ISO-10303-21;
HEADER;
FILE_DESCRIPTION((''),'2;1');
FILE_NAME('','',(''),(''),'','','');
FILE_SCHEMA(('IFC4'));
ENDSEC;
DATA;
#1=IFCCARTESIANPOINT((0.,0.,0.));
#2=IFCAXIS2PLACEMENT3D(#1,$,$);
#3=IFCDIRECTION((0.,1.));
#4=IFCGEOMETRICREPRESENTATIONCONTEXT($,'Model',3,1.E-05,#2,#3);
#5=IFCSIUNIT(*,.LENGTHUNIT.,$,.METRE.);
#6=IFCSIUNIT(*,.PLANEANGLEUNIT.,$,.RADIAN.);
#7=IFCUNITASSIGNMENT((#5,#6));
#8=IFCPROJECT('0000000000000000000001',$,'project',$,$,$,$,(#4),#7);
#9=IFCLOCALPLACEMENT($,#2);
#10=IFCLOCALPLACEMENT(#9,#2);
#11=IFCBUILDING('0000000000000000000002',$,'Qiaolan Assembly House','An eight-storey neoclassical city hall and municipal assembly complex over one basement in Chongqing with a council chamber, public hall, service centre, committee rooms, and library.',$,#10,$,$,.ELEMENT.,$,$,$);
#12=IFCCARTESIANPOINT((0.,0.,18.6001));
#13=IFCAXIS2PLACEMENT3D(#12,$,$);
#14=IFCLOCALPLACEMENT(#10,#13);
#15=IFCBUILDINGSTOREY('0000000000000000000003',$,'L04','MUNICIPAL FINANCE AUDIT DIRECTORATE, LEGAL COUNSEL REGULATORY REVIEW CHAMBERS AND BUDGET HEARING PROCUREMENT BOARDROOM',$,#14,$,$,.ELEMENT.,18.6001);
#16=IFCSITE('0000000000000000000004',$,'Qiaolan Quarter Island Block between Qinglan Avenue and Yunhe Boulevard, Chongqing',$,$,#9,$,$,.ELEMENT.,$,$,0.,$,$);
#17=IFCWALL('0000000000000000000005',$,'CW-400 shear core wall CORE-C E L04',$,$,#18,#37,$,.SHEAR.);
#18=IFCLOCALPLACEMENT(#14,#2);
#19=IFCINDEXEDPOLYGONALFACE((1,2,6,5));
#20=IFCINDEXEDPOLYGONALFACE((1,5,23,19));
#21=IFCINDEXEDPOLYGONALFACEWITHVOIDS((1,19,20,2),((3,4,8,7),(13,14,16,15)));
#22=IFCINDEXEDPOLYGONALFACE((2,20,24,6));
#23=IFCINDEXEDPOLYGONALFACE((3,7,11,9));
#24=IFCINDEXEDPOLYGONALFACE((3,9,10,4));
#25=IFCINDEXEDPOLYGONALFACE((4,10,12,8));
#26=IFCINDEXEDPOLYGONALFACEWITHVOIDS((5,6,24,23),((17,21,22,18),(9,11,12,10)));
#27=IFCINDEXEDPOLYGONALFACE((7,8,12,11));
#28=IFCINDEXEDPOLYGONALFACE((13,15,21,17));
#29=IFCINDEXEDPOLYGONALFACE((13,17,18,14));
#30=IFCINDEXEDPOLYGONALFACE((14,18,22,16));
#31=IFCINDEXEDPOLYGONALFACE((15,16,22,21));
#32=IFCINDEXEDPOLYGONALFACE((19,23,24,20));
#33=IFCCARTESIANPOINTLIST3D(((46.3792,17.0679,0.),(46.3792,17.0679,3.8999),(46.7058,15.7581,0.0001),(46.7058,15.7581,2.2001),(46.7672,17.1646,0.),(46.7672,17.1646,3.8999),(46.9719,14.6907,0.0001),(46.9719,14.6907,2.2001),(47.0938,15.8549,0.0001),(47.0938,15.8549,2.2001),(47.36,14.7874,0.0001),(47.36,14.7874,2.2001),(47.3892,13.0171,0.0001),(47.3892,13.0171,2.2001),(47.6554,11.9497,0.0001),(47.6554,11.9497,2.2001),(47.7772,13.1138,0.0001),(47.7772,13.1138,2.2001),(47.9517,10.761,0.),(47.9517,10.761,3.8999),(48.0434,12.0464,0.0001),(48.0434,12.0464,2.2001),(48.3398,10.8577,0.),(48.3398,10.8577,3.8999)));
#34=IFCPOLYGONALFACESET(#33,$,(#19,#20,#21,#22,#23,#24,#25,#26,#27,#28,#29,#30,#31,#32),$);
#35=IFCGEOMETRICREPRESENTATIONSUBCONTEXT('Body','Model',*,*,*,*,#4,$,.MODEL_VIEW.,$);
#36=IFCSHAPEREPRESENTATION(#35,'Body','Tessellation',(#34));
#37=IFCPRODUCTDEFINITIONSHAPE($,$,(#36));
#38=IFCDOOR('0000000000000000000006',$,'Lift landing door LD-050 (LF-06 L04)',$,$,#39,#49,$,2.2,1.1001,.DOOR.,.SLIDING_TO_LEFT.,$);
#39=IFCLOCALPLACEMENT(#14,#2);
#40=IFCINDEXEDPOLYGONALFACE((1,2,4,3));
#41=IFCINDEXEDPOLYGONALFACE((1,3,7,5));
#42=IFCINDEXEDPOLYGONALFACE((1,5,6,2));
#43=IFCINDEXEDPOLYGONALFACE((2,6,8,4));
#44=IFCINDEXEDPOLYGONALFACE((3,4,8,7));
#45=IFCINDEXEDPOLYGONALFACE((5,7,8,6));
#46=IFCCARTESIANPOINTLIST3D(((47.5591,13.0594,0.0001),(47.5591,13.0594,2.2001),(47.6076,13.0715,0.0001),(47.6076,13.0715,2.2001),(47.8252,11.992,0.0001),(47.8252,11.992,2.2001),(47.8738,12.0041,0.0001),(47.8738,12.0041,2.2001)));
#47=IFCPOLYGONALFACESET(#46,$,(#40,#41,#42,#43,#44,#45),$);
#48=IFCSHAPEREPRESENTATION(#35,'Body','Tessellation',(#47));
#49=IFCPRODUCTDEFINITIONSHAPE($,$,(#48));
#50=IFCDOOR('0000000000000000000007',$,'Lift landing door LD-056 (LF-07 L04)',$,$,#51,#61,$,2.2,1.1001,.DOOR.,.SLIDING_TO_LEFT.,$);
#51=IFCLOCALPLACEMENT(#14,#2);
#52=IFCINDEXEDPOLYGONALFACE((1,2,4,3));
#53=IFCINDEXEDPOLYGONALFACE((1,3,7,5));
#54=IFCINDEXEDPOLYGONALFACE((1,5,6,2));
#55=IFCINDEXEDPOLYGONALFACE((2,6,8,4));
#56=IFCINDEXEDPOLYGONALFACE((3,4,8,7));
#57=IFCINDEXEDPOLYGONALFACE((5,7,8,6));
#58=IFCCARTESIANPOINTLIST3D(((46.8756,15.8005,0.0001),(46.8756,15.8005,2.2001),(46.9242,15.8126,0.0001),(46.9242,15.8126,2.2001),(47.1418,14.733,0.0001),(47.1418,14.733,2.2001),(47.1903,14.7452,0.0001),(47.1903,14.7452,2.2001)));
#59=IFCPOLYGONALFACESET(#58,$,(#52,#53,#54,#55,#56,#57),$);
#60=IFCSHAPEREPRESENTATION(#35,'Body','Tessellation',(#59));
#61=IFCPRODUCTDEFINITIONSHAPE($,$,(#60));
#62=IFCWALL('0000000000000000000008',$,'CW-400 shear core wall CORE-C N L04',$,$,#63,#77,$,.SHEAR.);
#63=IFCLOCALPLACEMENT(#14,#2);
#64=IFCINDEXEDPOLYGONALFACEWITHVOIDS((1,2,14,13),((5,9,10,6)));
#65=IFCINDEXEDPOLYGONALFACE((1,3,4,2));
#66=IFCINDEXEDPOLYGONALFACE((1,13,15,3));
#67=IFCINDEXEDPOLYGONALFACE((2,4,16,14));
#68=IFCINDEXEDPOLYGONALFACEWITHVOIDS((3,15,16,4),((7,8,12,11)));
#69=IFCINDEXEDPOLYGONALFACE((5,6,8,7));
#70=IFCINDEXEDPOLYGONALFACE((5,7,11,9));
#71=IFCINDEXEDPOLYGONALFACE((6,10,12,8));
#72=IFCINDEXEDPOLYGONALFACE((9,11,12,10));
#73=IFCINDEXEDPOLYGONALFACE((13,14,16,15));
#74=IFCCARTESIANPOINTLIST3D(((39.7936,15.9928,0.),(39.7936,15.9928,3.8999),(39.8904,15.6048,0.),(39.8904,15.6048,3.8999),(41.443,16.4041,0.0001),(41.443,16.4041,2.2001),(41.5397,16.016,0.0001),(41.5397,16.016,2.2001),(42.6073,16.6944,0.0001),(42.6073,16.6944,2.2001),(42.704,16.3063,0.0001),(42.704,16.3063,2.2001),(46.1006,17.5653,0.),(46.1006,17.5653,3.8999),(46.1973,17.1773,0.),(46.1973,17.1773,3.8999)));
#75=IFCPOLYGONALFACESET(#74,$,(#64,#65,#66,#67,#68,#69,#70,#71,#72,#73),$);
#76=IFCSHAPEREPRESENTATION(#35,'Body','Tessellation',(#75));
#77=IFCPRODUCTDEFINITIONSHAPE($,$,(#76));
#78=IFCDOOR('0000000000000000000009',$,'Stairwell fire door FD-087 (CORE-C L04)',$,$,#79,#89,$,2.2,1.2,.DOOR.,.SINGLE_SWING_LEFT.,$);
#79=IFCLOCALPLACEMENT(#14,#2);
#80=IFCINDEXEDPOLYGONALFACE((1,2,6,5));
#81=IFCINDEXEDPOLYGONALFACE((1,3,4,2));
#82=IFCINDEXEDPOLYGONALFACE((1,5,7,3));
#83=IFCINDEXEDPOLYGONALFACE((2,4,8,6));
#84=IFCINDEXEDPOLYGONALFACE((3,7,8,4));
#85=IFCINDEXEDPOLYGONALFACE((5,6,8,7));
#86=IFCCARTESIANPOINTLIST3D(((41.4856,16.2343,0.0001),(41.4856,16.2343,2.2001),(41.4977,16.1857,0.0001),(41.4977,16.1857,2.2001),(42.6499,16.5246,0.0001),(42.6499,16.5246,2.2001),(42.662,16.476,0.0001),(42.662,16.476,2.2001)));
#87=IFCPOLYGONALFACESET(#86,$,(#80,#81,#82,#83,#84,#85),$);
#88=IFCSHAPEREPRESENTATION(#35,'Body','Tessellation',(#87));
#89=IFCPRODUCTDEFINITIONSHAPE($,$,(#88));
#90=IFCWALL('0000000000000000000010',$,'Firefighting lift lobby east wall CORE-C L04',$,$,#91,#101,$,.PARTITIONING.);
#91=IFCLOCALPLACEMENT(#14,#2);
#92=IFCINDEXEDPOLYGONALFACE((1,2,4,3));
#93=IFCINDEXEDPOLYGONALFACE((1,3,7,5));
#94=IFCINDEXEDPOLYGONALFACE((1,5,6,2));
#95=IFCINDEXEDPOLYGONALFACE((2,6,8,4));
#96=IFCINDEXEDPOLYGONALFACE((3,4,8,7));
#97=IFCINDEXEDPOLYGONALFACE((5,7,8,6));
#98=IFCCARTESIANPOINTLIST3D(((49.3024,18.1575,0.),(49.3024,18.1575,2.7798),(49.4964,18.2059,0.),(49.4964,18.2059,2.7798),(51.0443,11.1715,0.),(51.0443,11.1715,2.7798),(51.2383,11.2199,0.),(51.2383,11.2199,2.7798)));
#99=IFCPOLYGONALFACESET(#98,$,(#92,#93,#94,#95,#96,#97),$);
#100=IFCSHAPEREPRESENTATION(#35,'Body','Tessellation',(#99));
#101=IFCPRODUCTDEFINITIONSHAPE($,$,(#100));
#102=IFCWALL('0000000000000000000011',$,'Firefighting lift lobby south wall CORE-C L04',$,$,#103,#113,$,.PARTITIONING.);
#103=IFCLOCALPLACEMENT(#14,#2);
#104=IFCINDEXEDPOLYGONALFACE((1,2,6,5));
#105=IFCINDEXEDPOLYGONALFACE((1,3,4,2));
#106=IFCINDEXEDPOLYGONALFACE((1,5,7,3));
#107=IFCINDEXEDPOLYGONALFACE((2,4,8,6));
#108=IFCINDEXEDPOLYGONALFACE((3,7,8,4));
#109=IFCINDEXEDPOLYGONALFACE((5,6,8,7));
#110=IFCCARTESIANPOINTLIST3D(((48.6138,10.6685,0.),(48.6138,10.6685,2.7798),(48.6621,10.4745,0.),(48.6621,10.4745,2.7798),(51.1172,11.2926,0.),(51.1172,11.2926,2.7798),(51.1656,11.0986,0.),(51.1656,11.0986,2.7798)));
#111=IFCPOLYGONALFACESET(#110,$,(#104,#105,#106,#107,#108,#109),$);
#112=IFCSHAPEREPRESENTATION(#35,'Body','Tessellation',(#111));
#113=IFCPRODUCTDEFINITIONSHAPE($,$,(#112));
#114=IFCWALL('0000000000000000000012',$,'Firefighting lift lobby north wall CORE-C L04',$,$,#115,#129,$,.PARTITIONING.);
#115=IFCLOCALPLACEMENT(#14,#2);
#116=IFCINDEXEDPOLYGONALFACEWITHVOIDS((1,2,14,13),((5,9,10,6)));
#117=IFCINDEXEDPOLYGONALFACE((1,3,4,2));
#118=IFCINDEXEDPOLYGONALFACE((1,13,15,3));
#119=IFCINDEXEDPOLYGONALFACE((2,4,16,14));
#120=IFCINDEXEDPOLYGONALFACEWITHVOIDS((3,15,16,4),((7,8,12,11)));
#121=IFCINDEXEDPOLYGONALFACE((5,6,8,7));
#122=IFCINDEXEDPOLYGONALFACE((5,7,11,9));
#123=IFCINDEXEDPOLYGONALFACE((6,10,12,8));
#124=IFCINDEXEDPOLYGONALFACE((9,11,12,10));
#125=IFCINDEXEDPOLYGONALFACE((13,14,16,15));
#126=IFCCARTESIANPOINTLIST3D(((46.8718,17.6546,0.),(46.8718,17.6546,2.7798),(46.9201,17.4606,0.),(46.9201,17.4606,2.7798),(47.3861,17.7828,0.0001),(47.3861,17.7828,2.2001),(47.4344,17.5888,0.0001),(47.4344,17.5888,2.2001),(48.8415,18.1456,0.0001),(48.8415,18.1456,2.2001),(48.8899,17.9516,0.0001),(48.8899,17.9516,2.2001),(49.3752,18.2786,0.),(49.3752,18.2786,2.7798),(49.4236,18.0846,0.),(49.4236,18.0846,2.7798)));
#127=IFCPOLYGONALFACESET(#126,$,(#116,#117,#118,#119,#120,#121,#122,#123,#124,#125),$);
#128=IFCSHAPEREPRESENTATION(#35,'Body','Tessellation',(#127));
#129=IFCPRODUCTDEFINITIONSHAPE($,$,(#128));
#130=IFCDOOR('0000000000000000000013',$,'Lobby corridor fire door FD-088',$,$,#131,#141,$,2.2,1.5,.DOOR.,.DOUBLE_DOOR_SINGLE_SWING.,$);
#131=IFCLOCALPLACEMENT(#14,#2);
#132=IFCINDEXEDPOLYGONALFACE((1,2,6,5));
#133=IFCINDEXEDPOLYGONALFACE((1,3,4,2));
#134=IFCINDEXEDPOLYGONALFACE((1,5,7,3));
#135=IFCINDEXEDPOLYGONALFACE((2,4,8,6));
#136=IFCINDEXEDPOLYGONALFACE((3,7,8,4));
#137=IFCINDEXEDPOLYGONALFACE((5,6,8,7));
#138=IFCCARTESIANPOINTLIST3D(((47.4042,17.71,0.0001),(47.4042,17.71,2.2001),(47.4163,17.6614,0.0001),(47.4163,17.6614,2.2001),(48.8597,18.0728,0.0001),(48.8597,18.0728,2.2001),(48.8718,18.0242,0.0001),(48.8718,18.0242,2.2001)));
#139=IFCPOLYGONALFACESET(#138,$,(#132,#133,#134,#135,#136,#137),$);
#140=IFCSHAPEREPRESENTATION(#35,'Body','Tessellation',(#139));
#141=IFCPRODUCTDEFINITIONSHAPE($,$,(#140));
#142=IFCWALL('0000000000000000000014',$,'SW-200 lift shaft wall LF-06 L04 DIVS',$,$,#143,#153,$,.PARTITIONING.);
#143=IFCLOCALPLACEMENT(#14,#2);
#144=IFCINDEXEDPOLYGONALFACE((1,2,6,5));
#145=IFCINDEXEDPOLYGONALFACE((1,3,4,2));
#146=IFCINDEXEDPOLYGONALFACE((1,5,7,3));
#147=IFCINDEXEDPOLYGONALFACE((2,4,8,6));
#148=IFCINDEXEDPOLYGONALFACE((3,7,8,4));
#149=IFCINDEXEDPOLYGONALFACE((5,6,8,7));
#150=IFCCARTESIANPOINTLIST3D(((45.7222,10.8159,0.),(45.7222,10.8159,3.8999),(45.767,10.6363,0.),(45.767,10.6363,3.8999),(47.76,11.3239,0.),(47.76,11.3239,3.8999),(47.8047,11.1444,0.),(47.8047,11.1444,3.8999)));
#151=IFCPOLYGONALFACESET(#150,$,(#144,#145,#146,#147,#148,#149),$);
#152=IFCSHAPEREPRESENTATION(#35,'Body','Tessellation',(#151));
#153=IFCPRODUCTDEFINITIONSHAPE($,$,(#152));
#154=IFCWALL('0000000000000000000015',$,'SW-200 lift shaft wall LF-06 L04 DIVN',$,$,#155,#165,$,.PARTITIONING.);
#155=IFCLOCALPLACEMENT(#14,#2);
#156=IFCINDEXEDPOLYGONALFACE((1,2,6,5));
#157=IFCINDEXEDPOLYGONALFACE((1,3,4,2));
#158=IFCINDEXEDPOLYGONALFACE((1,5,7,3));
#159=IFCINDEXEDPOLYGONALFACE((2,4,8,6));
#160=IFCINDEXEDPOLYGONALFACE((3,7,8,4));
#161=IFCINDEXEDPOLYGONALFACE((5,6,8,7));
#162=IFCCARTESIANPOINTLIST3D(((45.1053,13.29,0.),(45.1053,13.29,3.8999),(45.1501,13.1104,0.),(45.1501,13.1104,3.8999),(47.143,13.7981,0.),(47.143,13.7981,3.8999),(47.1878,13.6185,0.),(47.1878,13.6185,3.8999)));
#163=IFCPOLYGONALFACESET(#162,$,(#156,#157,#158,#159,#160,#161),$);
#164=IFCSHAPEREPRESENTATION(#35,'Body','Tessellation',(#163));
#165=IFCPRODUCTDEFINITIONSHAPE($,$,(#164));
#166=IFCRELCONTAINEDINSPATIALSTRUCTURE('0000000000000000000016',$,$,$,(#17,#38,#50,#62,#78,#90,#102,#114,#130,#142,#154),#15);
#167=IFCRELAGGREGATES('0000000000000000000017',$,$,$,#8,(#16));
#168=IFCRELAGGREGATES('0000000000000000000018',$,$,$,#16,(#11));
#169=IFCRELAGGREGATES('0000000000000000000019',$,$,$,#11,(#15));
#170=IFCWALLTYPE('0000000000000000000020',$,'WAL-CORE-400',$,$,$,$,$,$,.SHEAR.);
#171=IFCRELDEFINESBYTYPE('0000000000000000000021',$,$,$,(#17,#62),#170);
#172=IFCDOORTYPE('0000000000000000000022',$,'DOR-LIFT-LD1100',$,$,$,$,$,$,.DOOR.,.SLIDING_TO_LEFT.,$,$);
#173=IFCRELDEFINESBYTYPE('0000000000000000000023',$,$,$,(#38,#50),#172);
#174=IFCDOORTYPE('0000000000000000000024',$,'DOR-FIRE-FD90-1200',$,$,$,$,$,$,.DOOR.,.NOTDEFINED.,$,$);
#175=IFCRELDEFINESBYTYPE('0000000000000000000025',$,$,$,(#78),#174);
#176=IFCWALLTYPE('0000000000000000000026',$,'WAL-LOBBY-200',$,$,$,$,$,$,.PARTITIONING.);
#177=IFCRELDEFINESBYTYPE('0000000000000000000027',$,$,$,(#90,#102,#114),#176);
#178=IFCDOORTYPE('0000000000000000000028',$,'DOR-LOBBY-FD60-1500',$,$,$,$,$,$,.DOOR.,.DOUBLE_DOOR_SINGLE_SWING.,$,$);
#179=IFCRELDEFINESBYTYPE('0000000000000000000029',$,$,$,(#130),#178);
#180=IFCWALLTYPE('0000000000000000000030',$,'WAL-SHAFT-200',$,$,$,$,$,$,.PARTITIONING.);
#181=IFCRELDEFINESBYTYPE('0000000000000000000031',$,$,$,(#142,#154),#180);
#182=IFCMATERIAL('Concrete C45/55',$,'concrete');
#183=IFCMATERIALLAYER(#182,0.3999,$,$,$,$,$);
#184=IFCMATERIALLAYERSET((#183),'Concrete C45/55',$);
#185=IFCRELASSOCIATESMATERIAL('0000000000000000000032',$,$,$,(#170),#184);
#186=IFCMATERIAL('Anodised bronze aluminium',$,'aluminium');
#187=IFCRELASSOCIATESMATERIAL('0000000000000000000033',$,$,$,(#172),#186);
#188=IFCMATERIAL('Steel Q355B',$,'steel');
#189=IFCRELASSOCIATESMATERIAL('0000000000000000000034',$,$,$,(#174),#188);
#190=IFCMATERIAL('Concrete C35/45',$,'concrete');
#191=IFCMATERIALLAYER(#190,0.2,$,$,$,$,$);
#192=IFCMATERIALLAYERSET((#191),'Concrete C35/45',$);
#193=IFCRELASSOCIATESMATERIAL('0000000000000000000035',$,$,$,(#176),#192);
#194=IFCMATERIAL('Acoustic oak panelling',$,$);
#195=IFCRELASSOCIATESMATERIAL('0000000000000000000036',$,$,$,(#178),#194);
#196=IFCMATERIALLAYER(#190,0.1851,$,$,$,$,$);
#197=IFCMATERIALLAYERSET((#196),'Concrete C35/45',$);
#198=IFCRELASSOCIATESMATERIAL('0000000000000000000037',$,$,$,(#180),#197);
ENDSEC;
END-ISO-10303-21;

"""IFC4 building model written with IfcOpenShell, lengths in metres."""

from ifc_helpers import new_model, si_unit, direction, frame, frame_2d, origin, place, context, subcontext, project, spatial, rectangle, extrude, material, layer, layer_set, type_object, element, fill, save


model = new_model("IFC4")

# Units and contexts
model_context = context("Model", 3, precision=1e-05, world=origin(), true_north=direction((0.0, 1.0)))
body_context = subcontext(model_context, "Body", "Model", "MODEL_VIEW")
ifc_project = project(units=[si_unit("LENGTHUNIT", "METRE"), si_unit("PLANEANGLEUNIT", "RADIAN")], contexts=[model_context])

# Site, building, storey
site_placement = place(None, origin())
site = spatial("IfcSite", under=ifc_project, at=site_placement, Name="Qiaolan Quarter Island Block between Qinglan Avenue and Yunhe Boulevard, Chongqing", CompositionType="ELEMENT", RefElevation=0.0)
building_placement = place(site_placement, origin())
building = spatial("IfcBuilding", under=site, at=building_placement, Name="Qiaolan Assembly House", Description="An eight-storey neoclassical city hall and municipal assembly complex over one basement in Chongqing with a council chamber, public hall, service centre, committee rooms, and library.", CompositionType="ELEMENT")
storey_placement = place(building_placement, frame((0.0, 0.0, 18.6001)))
storey = spatial("IfcBuildingStorey", under=building, at=storey_placement, Name="L04", Description="MUNICIPAL FINANCE AUDIT DIRECTORATE, LEGAL COUNSEL REGULATORY REVIEW CHAMBERS AND BUDGET HEARING PROCUREMENT BOARDROOM", CompositionType="ELEMENT", Elevation=18.6001)

# Wall, openings, doors
ifc_material_1 = material(Name="Concrete C45/55", Category="concrete")
ifc_layer_1 = layer(ifc_material_1, 0.3999)
ifc_layer_set_1 = layer_set([ifc_layer_1], Name="Concrete C45/55")
wall_type_1 = type_object("IfcWallType", Name="WAL-CORE-400", PredefinedType="SHEAR", material=ifc_layer_set_1)
wall_1_placement = place(storey_placement, frame((48.1458, 10.8093, 0.0), z_axis=(0.0, 0.0, 1.0), x_axis=(-0.241926, 0.970295, 0.0)))
wall_1 = element("IfcWall", 1, at=wall_1_placement, inside=storey, type_object=wall_type_1, Name="CW-400 shear core wall CORE-C E L04", PredefinedType="SHEAR", context=body_context, shape_type="SweptSolid", body=[
    extrude(rectangle(XDim=6.5, YDim=0.3999, at=frame_2d((3.25, 0.0))), origin(), (0.0, 0.0, 1.0), 3.8999),
])
opening_1_placement = place(wall_1_placement, frame((1.2251, 0.0, 0.0)))
opening_1 = element("IfcOpeningElement", 2, at=opening_1_placement, cuts=wall_1, PredefinedType="OPENING", context=body_context, shape_type="SweptSolid", body=[
    extrude(rectangle(XDim=1.1001, YDim=2.2, at=frame_2d((0.55, 1.1001))), frame((0.0, 0.21, 0.0), z_axis=(0.0, -1.0, 0.0), x_axis=(1.0, 0.0, 0.0)), (0.0, 0.0, 1.0), 0.4199),
])
opening_2_placement = place(wall_1_placement, frame((4.05, 0.0, 0.0)))
opening_2 = element("IfcOpeningElement", 3, at=opening_2_placement, cuts=wall_1, PredefinedType="OPENING", context=body_context, shape_type="SweptSolid", body=[
    extrude(rectangle(XDim=1.1001, YDim=2.2, at=frame_2d((0.55, 1.1001))), frame((0.0, 0.21, 0.0), z_axis=(0.0, -1.0, 0.0), x_axis=(1.0, 0.0, 0.0)), (0.0, 0.0, 1.0), 0.4199),
])
ifc_material_2 = material(Name="Anodised bronze aluminium", Category="aluminium")
door_type_1 = type_object("IfcDoorType", Name="DOR-LIFT-LD1100", OperationType="SLIDING_TO_LEFT", PredefinedType="DOOR", material=ifc_material_2)
door_1_placement = place(opening_1_placement, origin())
door_1 = element("IfcDoor", 4, at=door_1_placement, inside=storey, type_object=door_type_1, Name="Lift landing door LD-050 (LF-06 L04)", OperationType="SLIDING_TO_LEFT", OverallHeight=2.2, OverallWidth=1.1001, PredefinedType="DOOR", context=body_context, shape_type="SweptSolid", body=[
    extrude(rectangle(XDim=1.1001, YDim=2.2, at=frame_2d((0.55, 1.1001))), frame((0.0, 0.0249, 0.0), z_axis=(0.0, -1.0, 0.0), x_axis=(1.0, 0.0, 0.0)), (0.0, 0.0, 1.0), 0.05),
])
fill(opening_1, door_1)
door_2_placement = place(opening_2_placement, origin())
door_2 = element("IfcDoor", 5, at=door_2_placement, inside=storey, type_object=door_type_1, Name="Lift landing door LD-056 (LF-07 L04)", OperationType="SLIDING_TO_LEFT", OverallHeight=2.2, OverallWidth=1.1001, PredefinedType="DOOR", context=body_context, shape_type="SweptSolid", body=[
    extrude(rectangle(XDim=1.1001, YDim=2.2, at=frame_2d((0.55, 1.1001))), frame((0.0, 0.0249, 0.0), z_axis=(0.0, -1.0, 0.0), x_axis=(1.0, 0.0, 0.0)), (0.0, 0.0, 1.0), 0.05),
])
fill(opening_2, door_2)

# Wall, opening, door
wall_2_placement = place(storey_placement, frame((46.1489, 17.3713, 0.0), z_axis=(0.0, 0.0, 1.0), x_axis=(-0.970295, -0.241926, 0.0)))
wall_2 = element("IfcWall", 6, at=wall_2_placement, inside=storey, type_object=wall_type_1, Name="CW-400 shear core wall CORE-C N L04", PredefinedType="SHEAR", context=body_context, shape_type="SweptSolid", body=[
    extrude(rectangle(XDim=6.5, YDim=0.3999, at=frame_2d((3.25, 0.0))), origin(), (0.0, 0.0, 1.0), 3.8999),
])
opening_3_placement = place(wall_2_placement, frame((3.6001, 0.0, 0.0)))
opening_3 = element("IfcOpeningElement", 7, at=opening_3_placement, cuts=wall_2, PredefinedType="OPENING", context=body_context, shape_type="SweptSolid", body=[
    extrude(rectangle(XDim=1.2, YDim=2.2, at=frame_2d((0.6001, 1.1001))), frame((0.0, 0.21, 0.0), z_axis=(0.0, -1.0, 0.0), x_axis=(1.0, 0.0, 0.0)), (0.0, 0.0, 1.0), 0.4199),
])
ifc_material_3 = material(Name="Steel Q355B", Category="steel")
door_type_2 = type_object("IfcDoorType", Name="DOR-FIRE-FD90-1200", OperationType="NOTDEFINED", PredefinedType="DOOR", material=ifc_material_3)
door_3_placement = place(opening_3_placement, frame((1.2, 0.0, 0.0), z_axis=(0.0, 0.0, 1.0), x_axis=(-1.0, 0.0, 0.0)))
door_3 = element("IfcDoor", 8, at=door_3_placement, inside=storey, type_object=door_type_2, Name="Stairwell fire door FD-087 (CORE-C L04)", OperationType="SINGLE_SWING_LEFT", OverallHeight=2.2, OverallWidth=1.2, PredefinedType="DOOR", context=body_context, shape_type="SweptSolid", body=[
    extrude(rectangle(XDim=1.2, YDim=2.2, at=frame_2d((0.6001, 1.1001))), frame((0.0, 0.0249, 0.0), z_axis=(0.0, -1.0, 0.0), x_axis=(1.0, 0.0, 0.0)), (0.0, 0.0, 1.0), 0.05),
])
fill(opening_3, door_3)

# Walls
ifc_material_4 = material(Name="Concrete C35/45", Category="concrete")
ifc_layer_2 = layer(ifc_material_4, 0.2)
ifc_layer_set_2 = layer_set([ifc_layer_2], Name="Concrete C35/45")
wall_type_2 = type_object("IfcWallType", Name="WAL-LOBBY-200", PredefinedType="PARTITIONING", material=ifc_layer_set_2)
wall_3_placement = place(storey_placement, frame((51.1414, 11.1956, 0.0), z_axis=(0.0, 0.0, 1.0), x_axis=(-0.241937, 0.970292, 0.0)))
element("IfcWall", 9, at=wall_3_placement, inside=storey, type_object=wall_type_2, Name="Firefighting lift lobby east wall CORE-C L04", PredefinedType="PARTITIONING", context=body_context, shape_type="SweptSolid", body=[
    extrude(rectangle(XDim=7.2, YDim=0.2, at=frame_2d((3.6001, 0.0))), origin(), (0.0, 0.0, 1.0), 2.7798),
])
wall_4_placement = place(storey_placement, frame((48.6379, 10.5715, 0.0), z_axis=(0.0, 0.0, 1.0), x_axis=(0.970309, 0.241868, 0.0)))
element("IfcWall", 10, at=wall_4_placement, inside=storey, type_object=wall_type_2, Name="Firefighting lift lobby south wall CORE-C L04", PredefinedType="PARTITIONING", context=body_context, shape_type="SweptSolid", body=[
    extrude(rectangle(XDim=2.5801, YDim=0.2, at=frame_2d((1.29, 0.0))), origin(), (0.0, 0.0, 1.0), 2.7798),
])

# Wall, opening, door
wall_5_placement = place(storey_placement, frame((49.3994, 18.1816, 0.0), z_axis=(0.0, 0.0, 1.0), x_axis=(-0.970309, -0.241868, 0.0)))
wall_5 = element("IfcWall", 11, at=wall_5_placement, inside=storey, type_object=wall_type_2, Name="Firefighting lift lobby north wall CORE-C L04", PredefinedType="PARTITIONING", context=body_context, shape_type="SweptSolid", body=[
    extrude(rectangle(XDim=2.5801, YDim=0.2, at=frame_2d((1.29, 0.0))), origin(), (0.0, 0.0, 1.0), 2.7798),
])
opening_4_placement = place(wall_5_placement, frame((0.55, 0.0, 0.0)))
opening_4 = element("IfcOpeningElement", 12, at=opening_4_placement, cuts=wall_5, PredefinedType="OPENING", context=body_context, shape_type="SweptSolid", body=[
    extrude(rectangle(XDim=1.5, YDim=2.2, at=frame_2d((0.75, 1.1001))), frame((0.0, 0.1099, 0.0), z_axis=(0.0, -1.0, 0.0), x_axis=(1.0, 0.0, 0.0)), (0.0, 0.0, 1.0), 0.22),
])
ifc_material_5 = material(Name="Acoustic oak panelling")
door_type_3 = type_object("IfcDoorType", Name="DOR-LOBBY-FD60-1500", OperationType="DOUBLE_DOOR_SINGLE_SWING", PredefinedType="DOOR", material=ifc_material_5)
door_4_placement = place(opening_4_placement, frame((1.5, 0.0, 0.0), z_axis=(0.0, 0.0, 1.0), x_axis=(-1.0, 0.0, 0.0)))
door_4 = element("IfcDoor", 13, at=door_4_placement, inside=storey, type_object=door_type_3, Name="Lobby corridor fire door FD-088", OperationType="DOUBLE_DOOR_SINGLE_SWING", OverallHeight=2.2, OverallWidth=1.5, PredefinedType="DOOR", context=body_context, shape_type="SweptSolid", body=[
    extrude(rectangle(XDim=1.5, YDim=2.2, at=frame_2d((0.75, 1.1001))), frame((0.0, 0.0249, 0.0), z_axis=(0.0, -1.0, 0.0), x_axis=(1.0, 0.0, 0.0)), (0.0, 0.0, 1.0), 0.05),
])
fill(opening_4, door_4)

# Walls
ifc_layer_3 = layer(ifc_material_4, 0.1851)
ifc_layer_set_3 = layer_set([ifc_layer_3], Name="Concrete C35/45")
wall_type_3 = type_object("IfcWallType", Name="WAL-SHAFT-200", PredefinedType="PARTITIONING", material=ifc_layer_set_3)
for number, where, z_axis, x_axis, name in (
    (14, (45.7446, 10.7261, 0.0), (0.0, 0.0, 1.0), (0.970293, 0.241934, 0.0), "SW-200 lift shaft wall LF-06 L04 DIVS"),
    (15, (45.1277, 13.2002, 0.0), (0.0, 0.0, 1.0), (0.970293, 0.241934, 0.0), "SW-200 lift shaft wall LF-06 L04 DIVN"),
):
    element("IfcWall", number, at=place(storey_placement, frame(where, z_axis=z_axis, x_axis=x_axis)), inside=storey, type_object=wall_type_3, Name=name, PredefinedType="PARTITIONING", context=body_context, shape_type="SweptSolid", body=[
        extrude(rectangle(XDim=2.1001, YDim=0.1851, at=frame_2d((1.05, 0.0))), origin(), (0.0, 0.0, 1.0), 3.8999),
    ])

save(model, "model.ifc")
